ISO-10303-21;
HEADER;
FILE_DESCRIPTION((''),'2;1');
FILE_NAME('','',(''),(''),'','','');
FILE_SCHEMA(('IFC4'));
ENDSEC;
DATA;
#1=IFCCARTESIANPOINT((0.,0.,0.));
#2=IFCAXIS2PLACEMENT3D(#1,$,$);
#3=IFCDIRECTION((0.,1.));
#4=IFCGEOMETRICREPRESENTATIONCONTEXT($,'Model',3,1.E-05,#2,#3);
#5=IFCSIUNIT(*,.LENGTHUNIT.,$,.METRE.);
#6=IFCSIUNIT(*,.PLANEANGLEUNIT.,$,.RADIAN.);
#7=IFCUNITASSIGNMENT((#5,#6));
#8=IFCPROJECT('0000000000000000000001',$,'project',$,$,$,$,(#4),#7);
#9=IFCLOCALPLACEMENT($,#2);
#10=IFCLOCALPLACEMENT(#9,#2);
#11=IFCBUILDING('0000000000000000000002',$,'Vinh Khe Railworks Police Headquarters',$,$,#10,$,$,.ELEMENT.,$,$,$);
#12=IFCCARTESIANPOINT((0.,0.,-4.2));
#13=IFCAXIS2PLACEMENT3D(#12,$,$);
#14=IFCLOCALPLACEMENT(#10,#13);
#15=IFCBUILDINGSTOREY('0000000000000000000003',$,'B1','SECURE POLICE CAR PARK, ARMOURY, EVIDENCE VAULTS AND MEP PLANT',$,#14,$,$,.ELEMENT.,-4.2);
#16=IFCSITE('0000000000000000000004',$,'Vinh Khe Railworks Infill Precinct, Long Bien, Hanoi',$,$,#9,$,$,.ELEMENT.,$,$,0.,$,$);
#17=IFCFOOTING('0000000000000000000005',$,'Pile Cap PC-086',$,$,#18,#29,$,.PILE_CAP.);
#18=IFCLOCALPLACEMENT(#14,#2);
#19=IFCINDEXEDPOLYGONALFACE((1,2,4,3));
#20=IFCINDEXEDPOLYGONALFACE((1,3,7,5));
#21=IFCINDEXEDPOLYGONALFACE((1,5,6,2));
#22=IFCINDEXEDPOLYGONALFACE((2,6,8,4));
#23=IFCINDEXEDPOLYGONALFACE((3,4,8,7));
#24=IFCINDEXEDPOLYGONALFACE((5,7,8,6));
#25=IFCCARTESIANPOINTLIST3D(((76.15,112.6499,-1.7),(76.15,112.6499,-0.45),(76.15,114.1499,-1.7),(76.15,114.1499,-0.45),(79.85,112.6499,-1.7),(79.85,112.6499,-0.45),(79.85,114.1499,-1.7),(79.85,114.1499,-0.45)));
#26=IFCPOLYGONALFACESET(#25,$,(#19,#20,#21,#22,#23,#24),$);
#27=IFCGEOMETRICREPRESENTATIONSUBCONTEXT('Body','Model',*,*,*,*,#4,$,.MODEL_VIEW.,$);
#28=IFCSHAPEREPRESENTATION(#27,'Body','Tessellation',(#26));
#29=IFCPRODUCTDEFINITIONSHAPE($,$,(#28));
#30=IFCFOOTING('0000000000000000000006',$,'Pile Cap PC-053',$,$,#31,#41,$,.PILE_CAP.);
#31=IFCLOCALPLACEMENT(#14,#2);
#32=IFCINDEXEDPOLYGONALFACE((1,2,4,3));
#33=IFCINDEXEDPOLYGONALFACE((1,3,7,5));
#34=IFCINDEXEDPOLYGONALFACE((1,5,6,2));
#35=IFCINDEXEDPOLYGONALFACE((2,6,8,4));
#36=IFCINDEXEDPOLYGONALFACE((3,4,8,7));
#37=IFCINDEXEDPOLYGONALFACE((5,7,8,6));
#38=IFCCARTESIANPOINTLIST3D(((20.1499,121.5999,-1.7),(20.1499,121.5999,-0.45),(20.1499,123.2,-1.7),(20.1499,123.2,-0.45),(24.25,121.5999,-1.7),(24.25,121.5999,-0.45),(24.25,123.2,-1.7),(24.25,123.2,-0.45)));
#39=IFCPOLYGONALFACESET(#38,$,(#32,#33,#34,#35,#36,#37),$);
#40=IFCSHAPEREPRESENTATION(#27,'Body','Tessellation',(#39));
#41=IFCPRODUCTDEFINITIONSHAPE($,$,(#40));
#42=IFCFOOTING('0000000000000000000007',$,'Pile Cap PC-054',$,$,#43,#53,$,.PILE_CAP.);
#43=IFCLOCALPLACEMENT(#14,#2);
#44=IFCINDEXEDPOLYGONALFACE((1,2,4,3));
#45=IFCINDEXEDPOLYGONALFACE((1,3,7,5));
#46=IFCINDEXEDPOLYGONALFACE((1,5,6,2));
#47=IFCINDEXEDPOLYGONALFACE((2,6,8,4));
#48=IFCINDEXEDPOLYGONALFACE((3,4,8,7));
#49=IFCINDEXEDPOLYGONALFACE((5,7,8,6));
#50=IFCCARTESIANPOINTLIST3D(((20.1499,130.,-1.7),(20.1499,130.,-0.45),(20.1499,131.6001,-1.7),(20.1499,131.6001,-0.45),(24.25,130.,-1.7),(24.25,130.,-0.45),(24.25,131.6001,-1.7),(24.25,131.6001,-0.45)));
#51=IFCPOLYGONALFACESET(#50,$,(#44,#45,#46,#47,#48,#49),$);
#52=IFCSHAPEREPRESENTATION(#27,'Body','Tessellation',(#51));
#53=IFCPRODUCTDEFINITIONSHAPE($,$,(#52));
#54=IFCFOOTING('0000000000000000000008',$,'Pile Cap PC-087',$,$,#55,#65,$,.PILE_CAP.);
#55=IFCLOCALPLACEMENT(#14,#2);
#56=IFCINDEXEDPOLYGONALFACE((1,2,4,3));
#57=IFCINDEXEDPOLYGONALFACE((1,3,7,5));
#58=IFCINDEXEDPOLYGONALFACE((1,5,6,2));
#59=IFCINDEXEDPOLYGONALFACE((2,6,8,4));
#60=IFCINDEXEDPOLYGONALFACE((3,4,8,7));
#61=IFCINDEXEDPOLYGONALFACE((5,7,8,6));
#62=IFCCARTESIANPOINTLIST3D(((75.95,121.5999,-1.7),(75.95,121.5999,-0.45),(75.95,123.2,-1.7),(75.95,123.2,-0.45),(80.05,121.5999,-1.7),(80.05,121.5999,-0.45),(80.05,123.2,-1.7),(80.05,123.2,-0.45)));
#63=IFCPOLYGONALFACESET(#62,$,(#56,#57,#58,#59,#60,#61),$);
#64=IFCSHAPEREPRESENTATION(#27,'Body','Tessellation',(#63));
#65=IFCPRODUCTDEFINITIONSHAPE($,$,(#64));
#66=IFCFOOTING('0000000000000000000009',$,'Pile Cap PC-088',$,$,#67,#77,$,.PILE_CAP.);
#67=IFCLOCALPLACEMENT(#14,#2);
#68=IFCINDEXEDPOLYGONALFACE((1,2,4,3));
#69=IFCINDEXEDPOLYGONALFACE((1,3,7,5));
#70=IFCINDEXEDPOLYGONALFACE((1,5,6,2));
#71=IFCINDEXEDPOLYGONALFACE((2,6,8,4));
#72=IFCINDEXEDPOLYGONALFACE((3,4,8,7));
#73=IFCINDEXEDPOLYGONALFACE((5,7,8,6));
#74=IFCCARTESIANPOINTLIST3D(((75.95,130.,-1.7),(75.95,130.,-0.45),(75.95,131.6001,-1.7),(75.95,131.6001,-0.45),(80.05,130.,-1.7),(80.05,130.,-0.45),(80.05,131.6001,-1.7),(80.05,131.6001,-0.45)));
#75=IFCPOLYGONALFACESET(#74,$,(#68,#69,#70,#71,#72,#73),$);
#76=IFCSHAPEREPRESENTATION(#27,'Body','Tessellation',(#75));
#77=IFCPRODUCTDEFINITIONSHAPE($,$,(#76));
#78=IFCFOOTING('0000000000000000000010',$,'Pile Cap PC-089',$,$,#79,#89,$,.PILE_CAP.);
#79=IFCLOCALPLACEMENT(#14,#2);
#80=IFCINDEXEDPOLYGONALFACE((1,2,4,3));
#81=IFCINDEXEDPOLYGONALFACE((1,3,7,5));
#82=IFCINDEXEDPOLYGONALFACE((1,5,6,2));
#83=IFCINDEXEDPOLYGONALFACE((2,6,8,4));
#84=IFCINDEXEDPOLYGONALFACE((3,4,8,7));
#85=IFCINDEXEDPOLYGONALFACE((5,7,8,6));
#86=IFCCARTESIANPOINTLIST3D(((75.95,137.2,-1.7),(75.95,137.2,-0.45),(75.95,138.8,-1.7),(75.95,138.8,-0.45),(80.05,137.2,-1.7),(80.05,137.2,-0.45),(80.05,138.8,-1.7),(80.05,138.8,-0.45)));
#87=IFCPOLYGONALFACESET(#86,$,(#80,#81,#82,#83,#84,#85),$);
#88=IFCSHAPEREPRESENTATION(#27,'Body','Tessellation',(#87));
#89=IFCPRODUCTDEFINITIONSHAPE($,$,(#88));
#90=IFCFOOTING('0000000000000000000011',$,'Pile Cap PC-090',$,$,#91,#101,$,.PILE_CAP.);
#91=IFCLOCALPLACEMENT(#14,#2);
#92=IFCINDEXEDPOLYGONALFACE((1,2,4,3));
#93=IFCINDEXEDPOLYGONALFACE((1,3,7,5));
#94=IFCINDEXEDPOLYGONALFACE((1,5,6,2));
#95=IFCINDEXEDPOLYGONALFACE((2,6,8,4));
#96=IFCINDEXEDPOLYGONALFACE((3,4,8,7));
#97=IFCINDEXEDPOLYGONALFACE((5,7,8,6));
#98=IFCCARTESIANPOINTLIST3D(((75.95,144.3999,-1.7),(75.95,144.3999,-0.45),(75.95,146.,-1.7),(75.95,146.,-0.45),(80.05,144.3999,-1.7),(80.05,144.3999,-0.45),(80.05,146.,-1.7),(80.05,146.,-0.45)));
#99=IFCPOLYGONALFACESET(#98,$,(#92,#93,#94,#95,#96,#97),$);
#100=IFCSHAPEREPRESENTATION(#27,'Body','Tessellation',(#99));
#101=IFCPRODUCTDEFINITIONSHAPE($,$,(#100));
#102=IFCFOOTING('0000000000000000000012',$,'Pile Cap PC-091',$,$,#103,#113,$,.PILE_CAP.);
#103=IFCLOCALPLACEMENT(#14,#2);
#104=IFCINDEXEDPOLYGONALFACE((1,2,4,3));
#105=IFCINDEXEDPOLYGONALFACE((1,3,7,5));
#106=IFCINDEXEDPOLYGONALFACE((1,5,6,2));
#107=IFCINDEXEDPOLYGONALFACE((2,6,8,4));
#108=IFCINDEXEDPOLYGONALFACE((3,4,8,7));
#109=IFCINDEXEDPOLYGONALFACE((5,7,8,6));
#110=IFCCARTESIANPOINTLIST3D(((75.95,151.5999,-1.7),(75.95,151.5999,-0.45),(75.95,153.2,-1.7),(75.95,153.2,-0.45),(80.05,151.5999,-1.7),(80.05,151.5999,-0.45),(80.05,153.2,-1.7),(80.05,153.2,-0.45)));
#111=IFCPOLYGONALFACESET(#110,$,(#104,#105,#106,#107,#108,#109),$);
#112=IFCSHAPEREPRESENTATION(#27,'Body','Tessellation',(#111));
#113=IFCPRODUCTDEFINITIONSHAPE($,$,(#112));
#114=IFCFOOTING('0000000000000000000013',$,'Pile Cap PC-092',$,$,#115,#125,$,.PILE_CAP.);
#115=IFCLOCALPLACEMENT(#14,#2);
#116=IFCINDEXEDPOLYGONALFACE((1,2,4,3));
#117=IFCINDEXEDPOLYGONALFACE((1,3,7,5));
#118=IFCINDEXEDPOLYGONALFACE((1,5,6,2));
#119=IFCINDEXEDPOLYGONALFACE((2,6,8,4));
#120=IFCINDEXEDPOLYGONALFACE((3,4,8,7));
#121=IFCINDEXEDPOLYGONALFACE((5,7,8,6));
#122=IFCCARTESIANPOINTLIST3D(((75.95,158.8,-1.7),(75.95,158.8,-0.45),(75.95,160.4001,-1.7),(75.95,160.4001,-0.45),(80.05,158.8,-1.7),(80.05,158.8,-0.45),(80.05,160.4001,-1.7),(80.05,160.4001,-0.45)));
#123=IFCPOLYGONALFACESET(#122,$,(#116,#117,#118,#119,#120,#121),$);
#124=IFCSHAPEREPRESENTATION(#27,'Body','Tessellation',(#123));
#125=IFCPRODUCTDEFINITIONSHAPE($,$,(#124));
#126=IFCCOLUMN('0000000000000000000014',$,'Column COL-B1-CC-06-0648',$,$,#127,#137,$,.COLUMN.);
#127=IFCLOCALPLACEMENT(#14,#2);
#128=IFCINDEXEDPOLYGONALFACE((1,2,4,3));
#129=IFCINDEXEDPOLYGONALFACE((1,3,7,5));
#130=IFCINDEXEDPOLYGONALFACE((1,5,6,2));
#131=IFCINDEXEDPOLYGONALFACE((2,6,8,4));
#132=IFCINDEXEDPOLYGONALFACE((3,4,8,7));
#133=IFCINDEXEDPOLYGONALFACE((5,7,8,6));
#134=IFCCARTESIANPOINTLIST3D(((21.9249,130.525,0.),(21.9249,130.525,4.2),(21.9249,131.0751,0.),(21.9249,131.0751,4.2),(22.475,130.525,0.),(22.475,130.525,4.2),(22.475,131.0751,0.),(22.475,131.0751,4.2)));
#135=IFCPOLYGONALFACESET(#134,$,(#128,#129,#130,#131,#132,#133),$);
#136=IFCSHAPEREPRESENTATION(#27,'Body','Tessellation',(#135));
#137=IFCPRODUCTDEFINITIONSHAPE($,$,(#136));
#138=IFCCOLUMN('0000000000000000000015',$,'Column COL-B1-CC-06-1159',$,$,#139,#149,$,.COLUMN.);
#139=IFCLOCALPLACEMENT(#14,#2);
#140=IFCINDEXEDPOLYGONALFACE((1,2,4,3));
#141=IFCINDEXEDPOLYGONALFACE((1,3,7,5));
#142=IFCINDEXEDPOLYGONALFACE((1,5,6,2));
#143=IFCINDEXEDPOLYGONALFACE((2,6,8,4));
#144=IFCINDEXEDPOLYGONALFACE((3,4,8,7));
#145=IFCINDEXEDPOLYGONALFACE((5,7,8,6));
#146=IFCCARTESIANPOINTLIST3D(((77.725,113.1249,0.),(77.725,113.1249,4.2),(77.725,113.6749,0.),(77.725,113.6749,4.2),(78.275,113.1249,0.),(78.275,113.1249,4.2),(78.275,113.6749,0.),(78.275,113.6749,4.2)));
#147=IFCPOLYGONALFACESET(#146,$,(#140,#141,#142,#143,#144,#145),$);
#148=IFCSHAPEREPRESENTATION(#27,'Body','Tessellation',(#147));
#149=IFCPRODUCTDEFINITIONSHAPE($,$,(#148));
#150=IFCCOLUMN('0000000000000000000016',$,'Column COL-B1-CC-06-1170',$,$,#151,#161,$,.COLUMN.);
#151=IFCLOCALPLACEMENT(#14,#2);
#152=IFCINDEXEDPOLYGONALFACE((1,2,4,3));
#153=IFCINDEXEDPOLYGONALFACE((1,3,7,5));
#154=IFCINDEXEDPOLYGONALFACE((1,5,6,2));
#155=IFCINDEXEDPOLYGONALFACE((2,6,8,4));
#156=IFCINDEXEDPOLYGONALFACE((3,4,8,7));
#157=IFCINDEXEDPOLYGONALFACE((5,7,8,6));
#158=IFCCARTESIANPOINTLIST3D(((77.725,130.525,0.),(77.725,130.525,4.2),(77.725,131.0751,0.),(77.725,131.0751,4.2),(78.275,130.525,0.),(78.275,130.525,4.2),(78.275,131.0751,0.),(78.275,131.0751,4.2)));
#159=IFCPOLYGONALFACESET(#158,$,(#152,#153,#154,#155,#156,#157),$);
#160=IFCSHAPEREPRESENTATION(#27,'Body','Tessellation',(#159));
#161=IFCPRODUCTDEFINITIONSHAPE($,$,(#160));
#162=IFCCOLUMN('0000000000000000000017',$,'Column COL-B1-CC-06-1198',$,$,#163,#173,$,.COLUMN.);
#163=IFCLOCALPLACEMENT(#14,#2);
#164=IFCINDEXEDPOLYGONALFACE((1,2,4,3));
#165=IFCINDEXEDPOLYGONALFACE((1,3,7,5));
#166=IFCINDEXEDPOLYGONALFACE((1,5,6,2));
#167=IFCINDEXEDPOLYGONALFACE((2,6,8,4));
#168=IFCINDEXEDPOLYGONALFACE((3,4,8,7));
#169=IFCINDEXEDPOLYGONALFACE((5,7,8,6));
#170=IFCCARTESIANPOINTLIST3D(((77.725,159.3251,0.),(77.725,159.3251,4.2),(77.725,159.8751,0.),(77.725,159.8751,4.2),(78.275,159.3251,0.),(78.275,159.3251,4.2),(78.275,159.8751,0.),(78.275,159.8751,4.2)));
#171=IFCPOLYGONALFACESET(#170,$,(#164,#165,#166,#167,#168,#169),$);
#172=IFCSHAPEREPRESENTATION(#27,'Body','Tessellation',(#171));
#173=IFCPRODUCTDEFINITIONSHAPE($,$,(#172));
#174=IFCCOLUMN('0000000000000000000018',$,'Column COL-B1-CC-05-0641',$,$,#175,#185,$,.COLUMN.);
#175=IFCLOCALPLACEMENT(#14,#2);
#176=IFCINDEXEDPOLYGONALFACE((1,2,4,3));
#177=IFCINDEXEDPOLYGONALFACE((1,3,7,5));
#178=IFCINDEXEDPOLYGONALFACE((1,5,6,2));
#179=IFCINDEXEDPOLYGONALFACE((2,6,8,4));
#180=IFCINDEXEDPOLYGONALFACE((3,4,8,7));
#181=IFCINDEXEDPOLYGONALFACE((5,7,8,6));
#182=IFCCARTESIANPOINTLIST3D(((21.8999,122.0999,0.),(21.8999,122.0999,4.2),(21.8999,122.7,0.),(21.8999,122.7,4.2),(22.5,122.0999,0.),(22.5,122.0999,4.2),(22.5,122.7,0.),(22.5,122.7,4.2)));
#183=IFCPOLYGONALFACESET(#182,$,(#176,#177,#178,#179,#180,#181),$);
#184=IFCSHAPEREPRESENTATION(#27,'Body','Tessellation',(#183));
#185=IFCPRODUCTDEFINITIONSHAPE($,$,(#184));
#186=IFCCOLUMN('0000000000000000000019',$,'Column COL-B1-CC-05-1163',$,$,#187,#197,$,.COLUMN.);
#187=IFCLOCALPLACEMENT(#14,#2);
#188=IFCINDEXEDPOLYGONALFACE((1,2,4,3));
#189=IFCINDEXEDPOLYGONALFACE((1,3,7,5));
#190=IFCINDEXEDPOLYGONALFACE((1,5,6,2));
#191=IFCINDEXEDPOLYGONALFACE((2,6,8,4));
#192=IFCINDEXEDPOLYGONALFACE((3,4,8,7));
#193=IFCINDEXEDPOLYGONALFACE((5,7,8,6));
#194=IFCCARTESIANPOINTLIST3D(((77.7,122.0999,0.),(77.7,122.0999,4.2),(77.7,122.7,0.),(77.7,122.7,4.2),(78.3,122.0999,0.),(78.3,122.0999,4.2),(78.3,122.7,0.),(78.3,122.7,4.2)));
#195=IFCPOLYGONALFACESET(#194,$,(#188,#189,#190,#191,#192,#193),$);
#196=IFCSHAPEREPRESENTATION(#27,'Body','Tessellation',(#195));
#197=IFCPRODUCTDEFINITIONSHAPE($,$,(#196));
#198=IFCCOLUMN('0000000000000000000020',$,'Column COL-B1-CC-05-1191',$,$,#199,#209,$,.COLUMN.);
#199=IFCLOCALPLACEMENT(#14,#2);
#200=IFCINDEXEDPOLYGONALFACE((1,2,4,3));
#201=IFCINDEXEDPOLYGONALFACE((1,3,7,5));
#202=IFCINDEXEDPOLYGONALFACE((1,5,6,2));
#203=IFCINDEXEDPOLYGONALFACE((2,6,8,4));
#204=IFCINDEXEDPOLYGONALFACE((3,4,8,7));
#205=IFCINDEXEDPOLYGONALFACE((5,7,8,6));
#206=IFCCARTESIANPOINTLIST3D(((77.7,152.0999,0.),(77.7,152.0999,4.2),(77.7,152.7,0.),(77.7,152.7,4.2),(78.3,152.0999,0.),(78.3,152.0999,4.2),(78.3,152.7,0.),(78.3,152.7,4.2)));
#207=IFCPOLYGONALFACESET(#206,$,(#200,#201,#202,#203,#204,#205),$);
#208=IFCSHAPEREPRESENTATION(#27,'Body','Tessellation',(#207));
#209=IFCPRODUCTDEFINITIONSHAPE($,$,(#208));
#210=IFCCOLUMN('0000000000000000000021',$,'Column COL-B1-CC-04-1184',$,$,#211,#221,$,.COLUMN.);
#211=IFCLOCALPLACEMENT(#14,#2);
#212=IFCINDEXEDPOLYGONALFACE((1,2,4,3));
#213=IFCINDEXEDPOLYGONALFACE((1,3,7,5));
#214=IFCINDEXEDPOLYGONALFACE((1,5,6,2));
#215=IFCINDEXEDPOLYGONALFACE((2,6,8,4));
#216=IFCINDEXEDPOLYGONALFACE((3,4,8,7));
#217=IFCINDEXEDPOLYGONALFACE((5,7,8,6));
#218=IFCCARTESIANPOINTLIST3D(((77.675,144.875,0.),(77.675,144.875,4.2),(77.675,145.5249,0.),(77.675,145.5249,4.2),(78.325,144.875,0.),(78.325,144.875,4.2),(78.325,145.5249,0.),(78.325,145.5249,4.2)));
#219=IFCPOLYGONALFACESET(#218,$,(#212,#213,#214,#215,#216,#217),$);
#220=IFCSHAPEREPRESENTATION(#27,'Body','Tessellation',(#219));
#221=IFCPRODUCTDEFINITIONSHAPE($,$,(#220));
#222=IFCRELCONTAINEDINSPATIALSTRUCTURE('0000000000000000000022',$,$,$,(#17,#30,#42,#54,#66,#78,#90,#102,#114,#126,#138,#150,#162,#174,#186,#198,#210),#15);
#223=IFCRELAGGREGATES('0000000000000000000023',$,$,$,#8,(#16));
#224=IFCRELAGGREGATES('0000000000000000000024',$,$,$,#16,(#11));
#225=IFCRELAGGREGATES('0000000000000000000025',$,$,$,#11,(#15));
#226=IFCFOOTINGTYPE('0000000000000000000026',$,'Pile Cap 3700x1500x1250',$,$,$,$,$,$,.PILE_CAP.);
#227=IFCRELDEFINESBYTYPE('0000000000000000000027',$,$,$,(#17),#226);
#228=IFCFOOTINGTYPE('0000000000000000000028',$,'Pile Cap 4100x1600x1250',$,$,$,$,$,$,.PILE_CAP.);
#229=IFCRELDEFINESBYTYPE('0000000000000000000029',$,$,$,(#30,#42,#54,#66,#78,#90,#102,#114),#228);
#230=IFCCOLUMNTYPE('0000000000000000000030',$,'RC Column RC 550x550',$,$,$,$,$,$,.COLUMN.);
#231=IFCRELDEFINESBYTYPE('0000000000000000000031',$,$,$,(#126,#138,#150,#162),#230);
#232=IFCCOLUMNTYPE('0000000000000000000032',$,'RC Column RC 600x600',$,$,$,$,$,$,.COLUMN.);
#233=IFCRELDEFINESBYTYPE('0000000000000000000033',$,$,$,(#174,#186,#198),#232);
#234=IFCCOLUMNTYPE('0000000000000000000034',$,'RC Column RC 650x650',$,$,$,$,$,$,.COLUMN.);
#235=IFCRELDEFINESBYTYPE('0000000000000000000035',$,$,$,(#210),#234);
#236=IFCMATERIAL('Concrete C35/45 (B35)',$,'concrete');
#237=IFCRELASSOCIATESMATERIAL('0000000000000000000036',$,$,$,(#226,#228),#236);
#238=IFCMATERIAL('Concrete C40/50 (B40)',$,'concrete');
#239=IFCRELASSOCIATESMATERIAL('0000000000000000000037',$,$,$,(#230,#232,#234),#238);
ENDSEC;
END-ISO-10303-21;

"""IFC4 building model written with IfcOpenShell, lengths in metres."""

from ifc_helpers import new_model, si_unit, direction, frame, origin, origin_2d, place, context, subcontext, project, spatial, rectangle, extrude, material, material_profile, profile_set, type_object, element, save


model = new_model("IFC4")

# Units and contexts
model_context = context("Model", 3, precision=1e-05, world=origin(), true_north=direction((0.0, 1.0)))
body_context = subcontext(model_context, "Body", "Model", "MODEL_VIEW")
ifc_project = project(units=[si_unit("LENGTHUNIT", "METRE"), si_unit("PLANEANGLEUNIT", "RADIAN")], contexts=[model_context])

# Site, building, storey
site_placement = place(None, origin())
site = spatial("IfcSite", under=ifc_project, at=site_placement, Name="Vinh Khe Railworks Infill Precinct, Long Bien, Hanoi", CompositionType="ELEMENT", RefElevation=0.0)
building_placement = place(site_placement, origin())
building = spatial("IfcBuilding", under=site, at=building_placement, Name="Vinh Khe Railworks Police Headquarters", CompositionType="ELEMENT")
storey_placement = place(building_placement, frame((0.0, 0.0, -4.2)))
storey = spatial("IfcBuildingStorey", under=building, at=storey_placement, Name="B1", Description="SECURE POLICE CAR PARK, ARMOURY, EVIDENCE VAULTS AND MEP PLANT", CompositionType="ELEMENT", Elevation=-4.2)

# Shared definitions
ifc_material_1 = material(Name="Concrete C35/45 (B35)", Category="concrete")

# Footings
footing_type_1 = type_object("IfcFootingType", Name="Pile Cap 3700x1500x1250", PredefinedType="PILE_CAP", material=ifc_material_1)
footing_1_placement = place(storey_placement, frame((78.0, 113.3999, -1.7), z_axis=(0.0, 0.0, 1.0), x_axis=(1.0, 0.0, 0.0)))
element("IfcFooting", 1, at=footing_1_placement, inside=storey, type_object=footing_type_1, Name="Pile Cap PC-086", PredefinedType="PILE_CAP", context=body_context, shape_type="SweptSolid", body=[
    extrude(rectangle(XDim=3.7, YDim=1.5, at=origin_2d()), origin(), (0.0, 0.0, 1.0), 1.25),
])
footing_type_2 = type_object("IfcFootingType", Name="Pile Cap 4100x1600x1250", PredefinedType="PILE_CAP", material=ifc_material_1)
for number, where, z_axis, x_axis, name in (
    (2, (22.2, 122.3999, -1.7), (0.0, 0.0, 1.0), (1.0, 0.0, 0.0), "Pile Cap PC-053"),
    (3, (22.2, 130.8, -1.7), (0.0, 0.0, 1.0), (1.0, 0.0, 0.0), "Pile Cap PC-054"),
    (4, (78.0, 122.3999, -1.7), (0.0, 0.0, 1.0), (1.0, 0.0, 0.0), "Pile Cap PC-087"),
    (5, (78.0, 130.8, -1.7), (0.0, 0.0, 1.0), (1.0, 0.0, 0.0), "Pile Cap PC-088"),
    (6, (78.0, 138.0, -1.7), (0.0, 0.0, 1.0), (1.0, 0.0, 0.0), "Pile Cap PC-089"),
    (7, (78.0, 145.2, -1.7), (0.0, 0.0, 1.0), (1.0, 0.0, 0.0), "Pile Cap PC-090"),
    (8, (78.0, 152.3999, -1.7), (0.0, 0.0, 1.0), (1.0, 0.0, 0.0), "Pile Cap PC-091"),
    (9, (78.0, 159.6001, -1.7), (0.0, 0.0, 1.0), (1.0, 0.0, 0.0), "Pile Cap PC-092"),
):
    element("IfcFooting", number, at=place(storey_placement, frame(where, z_axis=z_axis, x_axis=x_axis)), inside=storey, type_object=footing_type_2, Name=name, PredefinedType="PILE_CAP", context=body_context, shape_type="SweptSolid", body=[
        extrude(rectangle(XDim=4.1001, YDim=1.6001, at=origin_2d()), origin(), (0.0, 0.0, 1.0), 1.25),
    ])

# Columns
ifc_material_2 = material(Name="Concrete C40/50 (B40)", Category="concrete")
ifc_material_profile_1 = material_profile(ifc_material_2, rectangle(XDim=0.55, YDim=0.55, at=origin_2d()), Name="RC 550x550")
ifc_profile_set_1 = profile_set([ifc_material_profile_1], Name="Concrete C40/50 (B40)")
column_type_1 = type_object("IfcColumnType", Name="RC Column RC 550x550", PredefinedType="COLUMN", material=ifc_profile_set_1)
for number, where, z_axis, x_axis, name in (
    (10, (22.2, 130.8, 0.0), (0.0, 0.0, 1.0), (1.0, 0.0, 0.0), "Column COL-B1-CC-06-0648"),
    (11, (78.0, 113.3999, 0.0), (0.0, 0.0, 1.0), (1.0, 0.0, 0.0), "Column COL-B1-CC-06-1159"),
    (12, (78.0, 130.8, 0.0), (0.0, 0.0, 1.0), (1.0, 0.0, 0.0), "Column COL-B1-CC-06-1170"),
    (13, (78.0, 159.6001, 0.0), (0.0, 0.0, 1.0), (1.0, 0.0, 0.0), "Column COL-B1-CC-06-1198"),
):
    element("IfcColumn", number, at=place(storey_placement, frame(where, z_axis=z_axis, x_axis=x_axis)), inside=storey, type_object=column_type_1, Name=name, PredefinedType="COLUMN", context=body_context, shape_type="SweptSolid", body=[
        extrude(rectangle(XDim=0.55, YDim=0.55, at=origin_2d()), origin(), (0.0, 0.0, 1.0), 4.2),
    ])
ifc_material_profile_2 = material_profile(ifc_material_2, rectangle(XDim=0.6001, YDim=0.6001, at=origin_2d()), Name="RC 600x600")
ifc_profile_set_2 = profile_set([ifc_material_profile_2], Name="Concrete C40/50 (B40)")
column_type_2 = type_object("IfcColumnType", Name="RC Column RC 600x600", PredefinedType="COLUMN", material=ifc_profile_set_2)
for number, where, z_axis, x_axis, name in (
    (14, (22.2, 122.3999, 0.0), (0.0, 0.0, 1.0), (1.0, 0.0, 0.0), "Column COL-B1-CC-05-0641"),
    (15, (78.0, 122.3999, 0.0), (0.0, 0.0, 1.0), (1.0, 0.0, 0.0), "Column COL-B1-CC-05-1163"),
    (16, (78.0, 152.3999, 0.0), (0.0, 0.0, 1.0), (1.0, 0.0, 0.0), "Column COL-B1-CC-05-1191"),
):
    element("IfcColumn", number, at=place(storey_placement, frame(where, z_axis=z_axis, x_axis=x_axis)), inside=storey, type_object=column_type_2, Name=name, PredefinedType="COLUMN", context=body_context, shape_type="SweptSolid", body=[
        extrude(rectangle(XDim=0.6001, YDim=0.6001, at=origin_2d()), origin(), (0.0, 0.0, 1.0), 4.2),
    ])
ifc_material_profile_3 = material_profile(ifc_material_2, rectangle(XDim=0.6499, YDim=0.6499, at=origin_2d()), Name="RC 650x650")
ifc_profile_set_3 = profile_set([ifc_material_profile_3], Name="Concrete C40/50 (B40)")
column_type_3 = type_object("IfcColumnType", Name="RC Column RC 650x650", PredefinedType="COLUMN", material=ifc_profile_set_3)
column_1_placement = place(storey_placement, frame((78.0, 145.2, 0.0), z_axis=(0.0, 0.0, 1.0), x_axis=(1.0, 0.0, 0.0)))
element("IfcColumn", 17, at=column_1_placement, inside=storey, type_object=column_type_3, Name="Column COL-B1-CC-04-1184", PredefinedType="COLUMN", context=body_context, shape_type="SweptSolid", body=[
    extrude(rectangle(XDim=0.6499, YDim=0.6499, at=origin_2d()), origin(), (0.0, 0.0, 1.0), 4.2),
])

save(model, "model.ifc")
